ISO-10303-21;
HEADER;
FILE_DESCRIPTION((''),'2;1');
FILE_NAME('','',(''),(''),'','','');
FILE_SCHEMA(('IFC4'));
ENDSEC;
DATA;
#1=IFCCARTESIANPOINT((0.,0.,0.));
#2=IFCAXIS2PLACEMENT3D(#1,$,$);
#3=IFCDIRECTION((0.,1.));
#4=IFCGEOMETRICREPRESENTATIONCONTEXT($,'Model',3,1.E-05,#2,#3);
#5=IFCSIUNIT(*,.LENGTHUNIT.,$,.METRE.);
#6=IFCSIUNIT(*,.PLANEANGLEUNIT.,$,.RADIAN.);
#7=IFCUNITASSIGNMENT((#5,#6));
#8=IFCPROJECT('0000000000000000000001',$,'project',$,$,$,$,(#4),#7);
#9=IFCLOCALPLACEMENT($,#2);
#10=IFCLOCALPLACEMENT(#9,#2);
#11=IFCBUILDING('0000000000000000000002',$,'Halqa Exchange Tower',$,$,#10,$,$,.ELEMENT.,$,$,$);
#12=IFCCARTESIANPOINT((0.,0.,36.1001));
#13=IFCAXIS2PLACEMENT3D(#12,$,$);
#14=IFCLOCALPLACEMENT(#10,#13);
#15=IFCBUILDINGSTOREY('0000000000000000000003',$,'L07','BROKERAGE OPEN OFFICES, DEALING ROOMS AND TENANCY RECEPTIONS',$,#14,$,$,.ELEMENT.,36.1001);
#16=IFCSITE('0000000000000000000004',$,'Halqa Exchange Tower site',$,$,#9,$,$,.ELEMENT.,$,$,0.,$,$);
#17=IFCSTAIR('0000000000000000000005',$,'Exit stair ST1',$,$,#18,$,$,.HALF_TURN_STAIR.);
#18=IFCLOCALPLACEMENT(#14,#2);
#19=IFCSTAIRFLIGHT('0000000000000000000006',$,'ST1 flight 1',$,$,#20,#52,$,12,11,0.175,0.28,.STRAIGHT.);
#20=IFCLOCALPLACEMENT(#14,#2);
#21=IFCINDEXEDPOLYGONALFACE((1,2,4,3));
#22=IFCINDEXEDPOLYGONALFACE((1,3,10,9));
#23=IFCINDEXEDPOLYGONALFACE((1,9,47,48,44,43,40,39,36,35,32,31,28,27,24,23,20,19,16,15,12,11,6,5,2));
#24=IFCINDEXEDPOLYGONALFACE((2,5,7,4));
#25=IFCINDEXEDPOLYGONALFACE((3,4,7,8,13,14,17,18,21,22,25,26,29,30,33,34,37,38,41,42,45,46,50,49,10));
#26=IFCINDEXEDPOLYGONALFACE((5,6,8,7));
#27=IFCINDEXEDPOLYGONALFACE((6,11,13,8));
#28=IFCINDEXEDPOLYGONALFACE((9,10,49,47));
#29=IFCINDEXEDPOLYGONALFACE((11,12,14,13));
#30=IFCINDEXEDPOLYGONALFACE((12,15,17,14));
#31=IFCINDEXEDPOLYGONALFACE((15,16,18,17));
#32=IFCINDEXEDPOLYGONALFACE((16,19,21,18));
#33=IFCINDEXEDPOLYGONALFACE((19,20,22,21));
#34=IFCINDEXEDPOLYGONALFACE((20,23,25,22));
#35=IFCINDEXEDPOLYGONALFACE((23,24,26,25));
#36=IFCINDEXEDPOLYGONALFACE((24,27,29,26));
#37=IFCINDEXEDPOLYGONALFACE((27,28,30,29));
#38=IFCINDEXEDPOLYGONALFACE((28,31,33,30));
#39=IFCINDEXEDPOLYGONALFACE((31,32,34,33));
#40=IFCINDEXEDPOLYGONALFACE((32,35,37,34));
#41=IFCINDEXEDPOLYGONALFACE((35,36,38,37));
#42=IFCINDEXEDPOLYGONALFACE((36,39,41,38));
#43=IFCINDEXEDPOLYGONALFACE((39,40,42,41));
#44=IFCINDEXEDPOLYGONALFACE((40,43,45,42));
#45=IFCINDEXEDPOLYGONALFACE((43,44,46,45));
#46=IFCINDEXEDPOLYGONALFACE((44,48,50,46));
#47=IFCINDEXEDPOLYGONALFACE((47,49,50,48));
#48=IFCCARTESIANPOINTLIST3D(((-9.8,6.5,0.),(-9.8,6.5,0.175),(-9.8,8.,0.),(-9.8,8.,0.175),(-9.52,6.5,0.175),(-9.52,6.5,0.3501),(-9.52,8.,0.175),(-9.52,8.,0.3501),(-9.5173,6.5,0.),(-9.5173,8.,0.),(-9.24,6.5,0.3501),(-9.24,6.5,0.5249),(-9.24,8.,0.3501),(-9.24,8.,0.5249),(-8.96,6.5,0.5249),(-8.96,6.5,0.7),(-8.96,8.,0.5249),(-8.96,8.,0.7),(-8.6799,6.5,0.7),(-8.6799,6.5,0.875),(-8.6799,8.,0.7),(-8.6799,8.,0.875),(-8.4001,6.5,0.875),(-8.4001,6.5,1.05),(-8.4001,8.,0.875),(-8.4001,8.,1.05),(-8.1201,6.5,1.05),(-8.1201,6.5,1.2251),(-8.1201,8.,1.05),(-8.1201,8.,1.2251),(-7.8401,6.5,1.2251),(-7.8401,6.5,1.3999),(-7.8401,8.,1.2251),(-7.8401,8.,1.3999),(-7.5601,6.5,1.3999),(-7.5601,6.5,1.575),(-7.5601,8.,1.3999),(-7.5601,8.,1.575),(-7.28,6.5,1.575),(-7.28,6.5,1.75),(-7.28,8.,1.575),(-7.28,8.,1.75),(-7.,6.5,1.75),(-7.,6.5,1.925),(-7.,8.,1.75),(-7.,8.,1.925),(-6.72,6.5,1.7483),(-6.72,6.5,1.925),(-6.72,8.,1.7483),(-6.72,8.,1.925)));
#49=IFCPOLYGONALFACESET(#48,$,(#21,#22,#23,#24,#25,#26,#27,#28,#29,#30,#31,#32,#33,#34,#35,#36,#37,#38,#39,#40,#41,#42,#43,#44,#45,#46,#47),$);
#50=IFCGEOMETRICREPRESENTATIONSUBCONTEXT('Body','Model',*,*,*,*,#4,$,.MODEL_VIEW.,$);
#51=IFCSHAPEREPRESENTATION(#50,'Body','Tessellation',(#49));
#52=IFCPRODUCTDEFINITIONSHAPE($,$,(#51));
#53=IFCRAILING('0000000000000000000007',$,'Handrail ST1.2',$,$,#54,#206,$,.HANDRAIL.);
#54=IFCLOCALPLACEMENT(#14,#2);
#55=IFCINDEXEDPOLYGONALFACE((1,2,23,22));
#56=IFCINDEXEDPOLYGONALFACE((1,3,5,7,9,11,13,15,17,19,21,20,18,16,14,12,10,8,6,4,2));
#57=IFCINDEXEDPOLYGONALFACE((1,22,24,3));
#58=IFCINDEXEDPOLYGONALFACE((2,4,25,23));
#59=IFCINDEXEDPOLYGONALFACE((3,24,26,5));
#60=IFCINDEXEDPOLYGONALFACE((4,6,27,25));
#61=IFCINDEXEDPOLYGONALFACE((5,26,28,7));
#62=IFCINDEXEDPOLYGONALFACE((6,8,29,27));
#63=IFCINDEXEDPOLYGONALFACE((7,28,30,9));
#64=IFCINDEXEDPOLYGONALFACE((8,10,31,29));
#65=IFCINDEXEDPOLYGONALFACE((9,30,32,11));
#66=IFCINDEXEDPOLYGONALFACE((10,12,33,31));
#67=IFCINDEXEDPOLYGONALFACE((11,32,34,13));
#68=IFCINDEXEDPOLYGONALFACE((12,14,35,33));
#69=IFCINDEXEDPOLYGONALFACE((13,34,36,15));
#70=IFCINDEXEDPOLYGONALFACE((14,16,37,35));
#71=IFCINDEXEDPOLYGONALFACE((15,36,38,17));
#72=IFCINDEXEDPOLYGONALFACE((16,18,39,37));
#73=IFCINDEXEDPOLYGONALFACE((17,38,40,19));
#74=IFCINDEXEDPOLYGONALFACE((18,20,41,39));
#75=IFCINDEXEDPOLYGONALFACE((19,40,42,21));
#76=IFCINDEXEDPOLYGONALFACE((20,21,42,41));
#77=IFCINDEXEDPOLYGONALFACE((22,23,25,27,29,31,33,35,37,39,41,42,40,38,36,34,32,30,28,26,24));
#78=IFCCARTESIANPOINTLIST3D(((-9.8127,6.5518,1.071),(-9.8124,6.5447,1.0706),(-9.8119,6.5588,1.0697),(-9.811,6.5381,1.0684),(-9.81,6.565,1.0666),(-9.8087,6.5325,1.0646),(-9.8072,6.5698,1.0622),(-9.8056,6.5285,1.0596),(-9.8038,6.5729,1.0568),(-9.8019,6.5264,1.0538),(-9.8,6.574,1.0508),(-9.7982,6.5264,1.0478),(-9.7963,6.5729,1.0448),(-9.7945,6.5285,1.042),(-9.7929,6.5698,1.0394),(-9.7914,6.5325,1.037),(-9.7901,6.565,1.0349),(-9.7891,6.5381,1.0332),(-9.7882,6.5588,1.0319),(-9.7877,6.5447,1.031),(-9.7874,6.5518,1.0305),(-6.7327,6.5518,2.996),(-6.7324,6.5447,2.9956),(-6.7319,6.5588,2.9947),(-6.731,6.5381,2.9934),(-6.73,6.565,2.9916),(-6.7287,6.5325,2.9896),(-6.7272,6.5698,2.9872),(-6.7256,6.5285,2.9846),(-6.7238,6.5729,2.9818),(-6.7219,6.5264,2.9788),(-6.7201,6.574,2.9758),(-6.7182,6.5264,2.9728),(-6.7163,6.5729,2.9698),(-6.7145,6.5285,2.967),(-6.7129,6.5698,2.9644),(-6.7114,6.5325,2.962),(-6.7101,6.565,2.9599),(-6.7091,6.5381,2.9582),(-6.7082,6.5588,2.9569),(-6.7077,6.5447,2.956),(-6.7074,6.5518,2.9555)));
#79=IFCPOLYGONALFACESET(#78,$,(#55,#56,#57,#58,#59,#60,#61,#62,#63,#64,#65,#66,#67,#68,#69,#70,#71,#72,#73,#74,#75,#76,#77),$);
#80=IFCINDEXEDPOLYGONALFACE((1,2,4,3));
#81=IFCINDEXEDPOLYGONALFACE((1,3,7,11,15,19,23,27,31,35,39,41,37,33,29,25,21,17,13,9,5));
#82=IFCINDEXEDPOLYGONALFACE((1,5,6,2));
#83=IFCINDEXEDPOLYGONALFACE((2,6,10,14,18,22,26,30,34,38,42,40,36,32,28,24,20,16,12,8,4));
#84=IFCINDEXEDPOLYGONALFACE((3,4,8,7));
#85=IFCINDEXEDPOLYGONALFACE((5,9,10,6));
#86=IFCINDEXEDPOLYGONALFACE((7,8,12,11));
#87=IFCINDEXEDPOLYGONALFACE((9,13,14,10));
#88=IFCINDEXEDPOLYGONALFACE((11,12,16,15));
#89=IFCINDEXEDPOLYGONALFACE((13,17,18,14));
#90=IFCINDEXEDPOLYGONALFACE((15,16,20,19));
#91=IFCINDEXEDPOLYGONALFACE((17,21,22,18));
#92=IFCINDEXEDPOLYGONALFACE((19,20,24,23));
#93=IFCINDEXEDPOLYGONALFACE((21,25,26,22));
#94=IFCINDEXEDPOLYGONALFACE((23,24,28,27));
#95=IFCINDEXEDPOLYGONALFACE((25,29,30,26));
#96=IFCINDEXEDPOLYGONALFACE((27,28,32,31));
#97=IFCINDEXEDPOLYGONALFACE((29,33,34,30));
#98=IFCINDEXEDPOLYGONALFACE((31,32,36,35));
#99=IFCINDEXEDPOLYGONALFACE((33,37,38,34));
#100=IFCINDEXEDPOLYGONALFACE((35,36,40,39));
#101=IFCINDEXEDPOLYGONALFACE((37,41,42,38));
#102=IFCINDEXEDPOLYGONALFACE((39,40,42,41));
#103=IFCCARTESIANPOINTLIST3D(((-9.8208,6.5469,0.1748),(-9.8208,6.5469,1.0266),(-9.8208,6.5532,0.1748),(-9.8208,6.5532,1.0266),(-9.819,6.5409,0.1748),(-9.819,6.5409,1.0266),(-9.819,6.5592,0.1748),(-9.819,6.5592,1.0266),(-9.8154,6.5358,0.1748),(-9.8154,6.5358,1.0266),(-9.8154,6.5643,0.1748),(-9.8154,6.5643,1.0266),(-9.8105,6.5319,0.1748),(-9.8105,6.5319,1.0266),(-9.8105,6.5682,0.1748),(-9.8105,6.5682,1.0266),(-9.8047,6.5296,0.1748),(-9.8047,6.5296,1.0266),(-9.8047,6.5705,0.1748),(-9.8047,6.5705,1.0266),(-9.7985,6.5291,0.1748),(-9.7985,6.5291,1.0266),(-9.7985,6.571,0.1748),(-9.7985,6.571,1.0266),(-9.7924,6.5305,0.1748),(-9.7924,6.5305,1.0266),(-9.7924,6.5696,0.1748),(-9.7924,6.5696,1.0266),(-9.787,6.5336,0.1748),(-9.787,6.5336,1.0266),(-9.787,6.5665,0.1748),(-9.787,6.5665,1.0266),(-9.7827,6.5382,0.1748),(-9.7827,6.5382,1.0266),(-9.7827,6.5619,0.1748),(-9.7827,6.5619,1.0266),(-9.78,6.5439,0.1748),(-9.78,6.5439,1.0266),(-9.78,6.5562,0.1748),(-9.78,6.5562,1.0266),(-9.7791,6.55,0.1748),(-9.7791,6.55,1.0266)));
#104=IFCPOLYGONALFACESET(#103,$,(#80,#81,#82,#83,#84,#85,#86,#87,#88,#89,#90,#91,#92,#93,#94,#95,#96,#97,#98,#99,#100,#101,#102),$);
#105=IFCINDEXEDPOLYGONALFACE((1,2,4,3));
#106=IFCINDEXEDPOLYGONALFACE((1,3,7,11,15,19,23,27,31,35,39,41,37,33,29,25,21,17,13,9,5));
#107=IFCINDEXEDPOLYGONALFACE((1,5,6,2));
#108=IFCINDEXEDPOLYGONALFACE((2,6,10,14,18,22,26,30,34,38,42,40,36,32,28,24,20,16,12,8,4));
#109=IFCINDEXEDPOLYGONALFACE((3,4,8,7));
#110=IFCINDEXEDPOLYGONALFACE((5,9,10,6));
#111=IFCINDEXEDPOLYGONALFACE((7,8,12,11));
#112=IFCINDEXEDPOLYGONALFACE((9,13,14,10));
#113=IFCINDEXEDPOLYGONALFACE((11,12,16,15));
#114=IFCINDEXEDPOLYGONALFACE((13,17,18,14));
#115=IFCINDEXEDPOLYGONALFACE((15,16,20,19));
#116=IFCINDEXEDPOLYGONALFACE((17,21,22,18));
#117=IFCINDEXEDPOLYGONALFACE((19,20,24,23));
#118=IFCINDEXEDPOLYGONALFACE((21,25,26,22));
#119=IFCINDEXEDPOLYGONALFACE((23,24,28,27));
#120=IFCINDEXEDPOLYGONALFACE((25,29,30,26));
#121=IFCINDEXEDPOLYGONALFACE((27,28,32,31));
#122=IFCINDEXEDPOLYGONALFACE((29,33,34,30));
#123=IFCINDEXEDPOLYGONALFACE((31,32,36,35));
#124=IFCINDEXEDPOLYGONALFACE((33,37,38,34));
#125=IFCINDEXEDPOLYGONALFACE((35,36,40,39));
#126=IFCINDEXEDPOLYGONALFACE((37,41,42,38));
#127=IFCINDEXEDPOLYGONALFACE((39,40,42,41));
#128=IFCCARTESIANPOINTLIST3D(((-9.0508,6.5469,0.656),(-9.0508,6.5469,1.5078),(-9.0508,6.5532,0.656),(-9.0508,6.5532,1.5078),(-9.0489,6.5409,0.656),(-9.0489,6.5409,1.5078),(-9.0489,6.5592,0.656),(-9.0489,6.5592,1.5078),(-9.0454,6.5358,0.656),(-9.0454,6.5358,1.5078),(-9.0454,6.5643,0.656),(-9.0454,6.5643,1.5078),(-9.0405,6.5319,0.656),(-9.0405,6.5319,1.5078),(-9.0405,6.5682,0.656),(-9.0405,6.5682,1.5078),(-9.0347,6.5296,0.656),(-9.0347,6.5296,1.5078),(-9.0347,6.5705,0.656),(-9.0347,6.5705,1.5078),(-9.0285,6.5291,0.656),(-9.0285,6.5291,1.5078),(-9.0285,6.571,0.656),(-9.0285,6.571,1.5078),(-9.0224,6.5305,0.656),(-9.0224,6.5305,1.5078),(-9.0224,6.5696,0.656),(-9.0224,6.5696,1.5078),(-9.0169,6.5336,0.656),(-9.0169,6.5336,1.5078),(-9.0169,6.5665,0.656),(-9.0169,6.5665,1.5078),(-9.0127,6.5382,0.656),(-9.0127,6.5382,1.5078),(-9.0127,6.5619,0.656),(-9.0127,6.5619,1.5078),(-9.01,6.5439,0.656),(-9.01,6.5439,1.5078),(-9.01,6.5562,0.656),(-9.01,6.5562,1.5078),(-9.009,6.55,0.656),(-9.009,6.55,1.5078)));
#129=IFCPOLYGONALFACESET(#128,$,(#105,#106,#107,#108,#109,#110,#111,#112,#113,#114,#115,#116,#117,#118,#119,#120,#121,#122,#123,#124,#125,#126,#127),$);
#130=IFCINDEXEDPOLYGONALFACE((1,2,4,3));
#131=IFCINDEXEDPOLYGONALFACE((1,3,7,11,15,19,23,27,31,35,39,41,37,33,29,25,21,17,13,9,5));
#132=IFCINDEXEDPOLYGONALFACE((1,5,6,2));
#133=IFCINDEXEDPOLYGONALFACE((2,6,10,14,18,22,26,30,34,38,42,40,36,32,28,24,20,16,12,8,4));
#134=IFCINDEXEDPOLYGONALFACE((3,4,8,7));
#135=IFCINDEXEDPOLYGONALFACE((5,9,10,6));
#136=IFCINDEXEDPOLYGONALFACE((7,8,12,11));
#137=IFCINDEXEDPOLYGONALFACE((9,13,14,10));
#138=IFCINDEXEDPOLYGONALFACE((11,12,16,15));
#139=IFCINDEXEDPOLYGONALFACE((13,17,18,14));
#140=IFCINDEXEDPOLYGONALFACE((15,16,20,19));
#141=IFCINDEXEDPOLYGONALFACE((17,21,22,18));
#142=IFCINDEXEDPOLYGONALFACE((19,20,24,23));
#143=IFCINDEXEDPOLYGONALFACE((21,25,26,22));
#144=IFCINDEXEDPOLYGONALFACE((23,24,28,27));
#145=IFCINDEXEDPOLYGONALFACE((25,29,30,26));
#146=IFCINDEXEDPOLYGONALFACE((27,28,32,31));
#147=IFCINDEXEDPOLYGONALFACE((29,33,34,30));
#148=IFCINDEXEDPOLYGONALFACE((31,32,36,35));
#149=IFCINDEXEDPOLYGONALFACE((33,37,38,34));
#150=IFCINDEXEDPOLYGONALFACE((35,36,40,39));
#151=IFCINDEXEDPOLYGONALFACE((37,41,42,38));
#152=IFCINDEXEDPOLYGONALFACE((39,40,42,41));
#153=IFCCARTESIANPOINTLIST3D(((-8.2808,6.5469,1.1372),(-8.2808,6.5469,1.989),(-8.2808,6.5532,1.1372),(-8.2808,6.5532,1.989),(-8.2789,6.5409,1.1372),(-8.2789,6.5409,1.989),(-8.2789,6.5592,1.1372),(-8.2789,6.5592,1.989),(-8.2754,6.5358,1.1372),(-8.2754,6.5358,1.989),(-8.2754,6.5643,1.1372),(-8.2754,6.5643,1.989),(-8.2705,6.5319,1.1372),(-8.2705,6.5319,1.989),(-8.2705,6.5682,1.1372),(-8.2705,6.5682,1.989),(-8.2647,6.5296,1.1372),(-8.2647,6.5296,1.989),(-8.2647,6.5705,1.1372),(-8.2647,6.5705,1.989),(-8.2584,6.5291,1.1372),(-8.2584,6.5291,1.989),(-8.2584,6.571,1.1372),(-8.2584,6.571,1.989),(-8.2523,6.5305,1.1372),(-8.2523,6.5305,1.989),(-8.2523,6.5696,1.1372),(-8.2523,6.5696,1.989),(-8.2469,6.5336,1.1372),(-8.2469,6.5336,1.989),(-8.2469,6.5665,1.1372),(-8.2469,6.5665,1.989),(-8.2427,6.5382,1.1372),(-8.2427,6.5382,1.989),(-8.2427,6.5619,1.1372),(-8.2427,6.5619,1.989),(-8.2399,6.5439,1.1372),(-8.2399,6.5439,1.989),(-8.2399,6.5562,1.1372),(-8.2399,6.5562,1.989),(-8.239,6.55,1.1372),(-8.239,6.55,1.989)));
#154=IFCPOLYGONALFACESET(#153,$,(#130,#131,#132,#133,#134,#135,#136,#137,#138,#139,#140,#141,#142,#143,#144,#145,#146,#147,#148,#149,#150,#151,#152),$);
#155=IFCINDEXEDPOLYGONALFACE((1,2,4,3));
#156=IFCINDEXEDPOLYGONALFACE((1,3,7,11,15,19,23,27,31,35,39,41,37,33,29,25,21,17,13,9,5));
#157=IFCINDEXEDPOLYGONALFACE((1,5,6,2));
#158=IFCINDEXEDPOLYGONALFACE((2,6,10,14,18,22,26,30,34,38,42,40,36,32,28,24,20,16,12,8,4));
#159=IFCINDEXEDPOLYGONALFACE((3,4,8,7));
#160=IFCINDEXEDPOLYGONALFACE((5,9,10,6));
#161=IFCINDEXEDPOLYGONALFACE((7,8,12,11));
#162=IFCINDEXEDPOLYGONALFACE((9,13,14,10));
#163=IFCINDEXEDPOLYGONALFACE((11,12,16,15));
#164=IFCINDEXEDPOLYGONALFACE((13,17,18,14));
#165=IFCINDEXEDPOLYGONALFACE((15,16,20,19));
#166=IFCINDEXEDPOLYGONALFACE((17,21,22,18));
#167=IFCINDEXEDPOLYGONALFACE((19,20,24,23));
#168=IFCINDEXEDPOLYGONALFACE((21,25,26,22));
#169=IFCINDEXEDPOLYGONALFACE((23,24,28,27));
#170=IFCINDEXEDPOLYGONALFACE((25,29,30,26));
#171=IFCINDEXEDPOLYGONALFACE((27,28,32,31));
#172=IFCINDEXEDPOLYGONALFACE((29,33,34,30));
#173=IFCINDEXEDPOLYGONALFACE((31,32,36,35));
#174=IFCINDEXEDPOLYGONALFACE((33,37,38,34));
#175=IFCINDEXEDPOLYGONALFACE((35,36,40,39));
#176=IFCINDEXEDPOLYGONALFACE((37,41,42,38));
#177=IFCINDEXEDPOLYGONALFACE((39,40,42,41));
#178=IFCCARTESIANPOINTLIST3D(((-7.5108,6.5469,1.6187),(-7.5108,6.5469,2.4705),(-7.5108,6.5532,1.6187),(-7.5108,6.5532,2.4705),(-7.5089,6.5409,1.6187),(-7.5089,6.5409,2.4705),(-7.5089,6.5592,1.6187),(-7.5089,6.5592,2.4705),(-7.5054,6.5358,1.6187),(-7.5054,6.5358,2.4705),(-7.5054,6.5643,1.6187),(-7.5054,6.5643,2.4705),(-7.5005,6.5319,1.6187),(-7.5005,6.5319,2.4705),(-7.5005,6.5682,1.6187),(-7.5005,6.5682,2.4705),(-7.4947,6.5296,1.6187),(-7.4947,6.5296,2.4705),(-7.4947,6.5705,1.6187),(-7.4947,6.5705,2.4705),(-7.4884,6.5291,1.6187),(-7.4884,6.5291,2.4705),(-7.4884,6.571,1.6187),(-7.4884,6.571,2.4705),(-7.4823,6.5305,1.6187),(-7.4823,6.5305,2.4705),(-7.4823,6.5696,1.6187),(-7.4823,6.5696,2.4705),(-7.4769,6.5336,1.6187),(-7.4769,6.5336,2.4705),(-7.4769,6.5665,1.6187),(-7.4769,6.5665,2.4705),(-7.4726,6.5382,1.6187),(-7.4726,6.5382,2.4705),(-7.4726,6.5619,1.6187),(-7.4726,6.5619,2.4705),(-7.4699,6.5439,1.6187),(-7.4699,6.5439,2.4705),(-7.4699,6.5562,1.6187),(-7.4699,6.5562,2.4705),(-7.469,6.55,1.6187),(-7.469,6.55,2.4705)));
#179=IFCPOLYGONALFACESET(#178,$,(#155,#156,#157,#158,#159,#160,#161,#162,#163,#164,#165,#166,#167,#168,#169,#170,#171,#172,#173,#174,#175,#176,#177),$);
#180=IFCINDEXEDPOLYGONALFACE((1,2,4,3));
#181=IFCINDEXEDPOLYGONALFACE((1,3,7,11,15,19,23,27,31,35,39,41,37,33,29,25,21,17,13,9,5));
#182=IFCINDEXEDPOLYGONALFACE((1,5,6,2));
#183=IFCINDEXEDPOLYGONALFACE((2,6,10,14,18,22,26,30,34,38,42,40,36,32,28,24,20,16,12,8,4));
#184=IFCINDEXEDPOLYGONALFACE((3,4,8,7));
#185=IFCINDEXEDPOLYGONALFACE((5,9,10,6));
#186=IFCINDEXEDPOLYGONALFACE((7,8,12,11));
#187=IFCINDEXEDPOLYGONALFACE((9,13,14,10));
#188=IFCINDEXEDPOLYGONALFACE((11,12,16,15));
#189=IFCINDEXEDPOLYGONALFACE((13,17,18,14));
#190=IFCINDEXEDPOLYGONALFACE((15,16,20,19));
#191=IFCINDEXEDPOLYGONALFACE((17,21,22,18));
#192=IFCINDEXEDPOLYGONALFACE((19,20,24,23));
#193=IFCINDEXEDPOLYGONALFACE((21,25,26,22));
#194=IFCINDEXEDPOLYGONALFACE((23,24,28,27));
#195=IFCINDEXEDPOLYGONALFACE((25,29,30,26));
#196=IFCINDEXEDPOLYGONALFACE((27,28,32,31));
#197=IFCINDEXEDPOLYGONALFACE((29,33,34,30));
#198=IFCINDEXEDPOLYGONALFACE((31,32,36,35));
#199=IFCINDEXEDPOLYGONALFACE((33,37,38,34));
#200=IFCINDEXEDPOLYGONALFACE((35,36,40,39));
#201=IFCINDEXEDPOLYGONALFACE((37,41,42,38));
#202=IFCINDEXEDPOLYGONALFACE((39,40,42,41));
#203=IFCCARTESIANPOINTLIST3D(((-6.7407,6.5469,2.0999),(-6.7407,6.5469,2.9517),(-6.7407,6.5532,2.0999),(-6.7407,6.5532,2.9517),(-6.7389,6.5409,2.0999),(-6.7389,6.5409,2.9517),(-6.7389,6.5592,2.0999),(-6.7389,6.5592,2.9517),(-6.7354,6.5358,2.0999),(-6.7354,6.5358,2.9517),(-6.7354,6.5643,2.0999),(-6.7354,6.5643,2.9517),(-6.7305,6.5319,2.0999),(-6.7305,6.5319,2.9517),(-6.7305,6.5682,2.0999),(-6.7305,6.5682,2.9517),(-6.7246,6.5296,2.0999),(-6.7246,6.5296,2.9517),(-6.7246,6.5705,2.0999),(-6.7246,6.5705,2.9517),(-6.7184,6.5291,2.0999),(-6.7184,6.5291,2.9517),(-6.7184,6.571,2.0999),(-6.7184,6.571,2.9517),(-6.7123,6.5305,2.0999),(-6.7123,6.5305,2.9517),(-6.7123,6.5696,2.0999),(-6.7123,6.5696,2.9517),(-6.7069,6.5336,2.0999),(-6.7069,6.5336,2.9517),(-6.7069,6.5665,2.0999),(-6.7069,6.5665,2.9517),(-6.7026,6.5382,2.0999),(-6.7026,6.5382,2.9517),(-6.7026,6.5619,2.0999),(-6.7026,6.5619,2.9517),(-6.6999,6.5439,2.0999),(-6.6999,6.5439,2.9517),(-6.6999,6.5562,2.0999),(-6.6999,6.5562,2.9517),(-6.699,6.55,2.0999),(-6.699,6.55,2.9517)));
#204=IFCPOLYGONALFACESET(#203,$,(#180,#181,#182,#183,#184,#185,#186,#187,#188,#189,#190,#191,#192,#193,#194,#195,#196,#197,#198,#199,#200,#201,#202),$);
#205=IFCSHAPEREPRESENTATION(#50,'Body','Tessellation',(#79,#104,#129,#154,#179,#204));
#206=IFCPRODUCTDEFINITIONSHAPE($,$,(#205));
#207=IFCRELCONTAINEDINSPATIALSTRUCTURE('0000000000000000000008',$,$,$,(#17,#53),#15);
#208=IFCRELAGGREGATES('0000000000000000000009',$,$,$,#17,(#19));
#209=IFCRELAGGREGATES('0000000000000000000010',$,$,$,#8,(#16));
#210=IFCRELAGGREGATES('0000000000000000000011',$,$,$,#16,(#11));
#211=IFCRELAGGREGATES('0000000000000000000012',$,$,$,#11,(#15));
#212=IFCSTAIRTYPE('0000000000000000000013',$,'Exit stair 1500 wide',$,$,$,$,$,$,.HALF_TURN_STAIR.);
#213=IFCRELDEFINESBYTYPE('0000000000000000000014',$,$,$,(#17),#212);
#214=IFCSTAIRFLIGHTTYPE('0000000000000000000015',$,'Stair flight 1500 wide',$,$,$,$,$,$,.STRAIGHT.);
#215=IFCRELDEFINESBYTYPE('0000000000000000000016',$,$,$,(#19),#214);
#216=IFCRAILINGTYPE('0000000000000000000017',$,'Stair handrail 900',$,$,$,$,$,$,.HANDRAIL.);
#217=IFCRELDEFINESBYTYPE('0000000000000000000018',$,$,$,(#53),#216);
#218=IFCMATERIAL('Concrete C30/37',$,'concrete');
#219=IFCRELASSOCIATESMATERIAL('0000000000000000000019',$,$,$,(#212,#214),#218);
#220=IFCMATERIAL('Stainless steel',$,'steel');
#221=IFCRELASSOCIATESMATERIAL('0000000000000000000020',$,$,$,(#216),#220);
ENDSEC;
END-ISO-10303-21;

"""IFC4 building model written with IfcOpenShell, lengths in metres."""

from ifc_helpers import new_model, si_unit, direction, frame, origin, origin_2d, place, context, subcontext, project, spatial, polyline, circle, outline, extrude, material, type_object, element, aggregate, save


model = new_model("IFC4")

# Units and contexts
model_context = context("Model", 3, precision=1e-05, world=origin(), true_north=direction((0.0, 1.0)))
body_context = subcontext(model_context, "Body", "Model", "MODEL_VIEW")
ifc_project = project(units=[si_unit("LENGTHUNIT", "METRE"), si_unit("PLANEANGLEUNIT", "RADIAN")], contexts=[model_context])

# Site, building, storey
site_placement = place(None, origin())
site = spatial("IfcSite", under=ifc_project, at=site_placement, Name="Halqa Exchange Tower site", CompositionType="ELEMENT", RefElevation=0.0)
building_placement = place(site_placement, origin())
building = spatial("IfcBuilding", under=site, at=building_placement, Name="Halqa Exchange Tower", CompositionType="ELEMENT")
storey_placement = place(building_placement, frame((0.0, 0.0, 36.1001)))
storey = spatial("IfcBuildingStorey", under=building, at=storey_placement, Name="L07", Description="BROKERAGE OPEN OFFICES, DEALING ROOMS AND TENANCY RECEPTIONS", CompositionType="ELEMENT", Elevation=36.1001)

# Shared definitions
ifc_material_1 = material(Name="Stainless steel", Category="steel")

# Shared definitions
ifc_material_2 = material(Name="Concrete C30/37", Category="concrete")

# Stair, stair flight
stair_type = type_object("IfcStairType", Name="Exit stair 1500 wide", PredefinedType="HALF_TURN_STAIR", material=ifc_material_2)
stair_placement = place(storey_placement, origin())
stair = element("IfcStair", 1, at=stair_placement, inside=storey, type_object=stair_type, Name="Exit stair ST1", PredefinedType="HALF_TURN_STAIR")
stair_flight_type = type_object("IfcStairFlightType", Name="Stair flight 1500 wide", PredefinedType="STRAIGHT", material=ifc_material_2)
stair_flight_placement = place(storey_placement, frame((-9.8, 7.25, 0.0), z_axis=(0.0, 0.0, 1.0), x_axis=(1.0, 0.0, 0.0)))
stair_flight = element("IfcStairFlight", 2, at=stair_flight_placement, type_object=stair_flight_type, Name="ST1 flight 1", NumberOfRisers=12, NumberOfTreads=11, PredefinedType="STRAIGHT", RiserHeight=0.175, TreadLength=0.28, context=body_context, shape_type="SweptSolid", body=[
    extrude(outline(polyline([(0.0, 0.0), (0.0, 0.175), (0.28, 0.175), (0.28, 0.3501), (0.5601, 0.3501), (0.5601, 0.5249), (0.8401, 0.5249), (0.8401, 0.7), (1.1201, 0.7), (1.1201, 0.875), (1.3999, 0.875), (1.3999, 1.05), (1.6799, 1.05), (1.6799, 1.2251), (1.96, 1.2251), (1.96, 1.3999), (2.24, 1.3999), (2.24, 1.575), (2.52, 1.575), (2.52, 1.75), (2.8, 1.75), (2.8, 1.925), (3.0801, 1.925), (3.0801, 2.1001), (3.0801, 1.7483), (0.2827, 0.0), (0.0, 0.0)])), frame((0.0, 0.75, 0.0), z_axis=(0.0, -1.0, 0.0), x_axis=(1.0, 0.0, 0.0)), (0.0, 0.0, 1.0), 1.5),
])
aggregate(stair, [stair_flight])

# Railing
railing_type_1 = type_object("IfcRailingType", Name="Stair handrail 900", PredefinedType="HANDRAIL", material=ifc_material_1)
railing_1_placement = place(storey_placement, frame((-9.8, 6.55, 0.1748)))
element("IfcRailing", 3, at=railing_1_placement, inside=storey, type_object=railing_type_1, Name="Handrail ST1.2", PredefinedType="HANDRAIL", context=body_context, shape_type="SweptSolid", body=[
    extrude(circle(Radius=0.0239, at=origin_2d()), frame((0.0, 0.0, 0.876), z_axis=(0.847998, 0.0, 0.529999), x_axis=(0.0, 1.0, 0.0)), (0.0, 0.0, 1.0), 3.6321),
    extrude(circle(Radius=0.021, at=origin_2d()), origin(), (0.0, 0.0, 1.0), 0.8518),
    extrude(circle(Radius=0.021, at=origin_2d()), frame((0.77, 0.0, 0.4812)), (0.0, 0.0, 1.0), 0.8518),
    extrude(circle(Radius=0.021, at=origin_2d()), frame((1.54, 0.0, 0.9624)), (0.0, 0.0, 1.0), 0.8518),
    extrude(circle(Radius=0.021, at=origin_2d()), frame((2.3101, 0.0, 1.4438)), (0.0, 0.0, 1.0), 0.8518),
    extrude(circle(Radius=0.021, at=origin_2d()), frame((3.0801, 0.0, 1.925)), (0.0, 0.0, 1.0), 0.8518),
])

save(model, "model.ifc")
